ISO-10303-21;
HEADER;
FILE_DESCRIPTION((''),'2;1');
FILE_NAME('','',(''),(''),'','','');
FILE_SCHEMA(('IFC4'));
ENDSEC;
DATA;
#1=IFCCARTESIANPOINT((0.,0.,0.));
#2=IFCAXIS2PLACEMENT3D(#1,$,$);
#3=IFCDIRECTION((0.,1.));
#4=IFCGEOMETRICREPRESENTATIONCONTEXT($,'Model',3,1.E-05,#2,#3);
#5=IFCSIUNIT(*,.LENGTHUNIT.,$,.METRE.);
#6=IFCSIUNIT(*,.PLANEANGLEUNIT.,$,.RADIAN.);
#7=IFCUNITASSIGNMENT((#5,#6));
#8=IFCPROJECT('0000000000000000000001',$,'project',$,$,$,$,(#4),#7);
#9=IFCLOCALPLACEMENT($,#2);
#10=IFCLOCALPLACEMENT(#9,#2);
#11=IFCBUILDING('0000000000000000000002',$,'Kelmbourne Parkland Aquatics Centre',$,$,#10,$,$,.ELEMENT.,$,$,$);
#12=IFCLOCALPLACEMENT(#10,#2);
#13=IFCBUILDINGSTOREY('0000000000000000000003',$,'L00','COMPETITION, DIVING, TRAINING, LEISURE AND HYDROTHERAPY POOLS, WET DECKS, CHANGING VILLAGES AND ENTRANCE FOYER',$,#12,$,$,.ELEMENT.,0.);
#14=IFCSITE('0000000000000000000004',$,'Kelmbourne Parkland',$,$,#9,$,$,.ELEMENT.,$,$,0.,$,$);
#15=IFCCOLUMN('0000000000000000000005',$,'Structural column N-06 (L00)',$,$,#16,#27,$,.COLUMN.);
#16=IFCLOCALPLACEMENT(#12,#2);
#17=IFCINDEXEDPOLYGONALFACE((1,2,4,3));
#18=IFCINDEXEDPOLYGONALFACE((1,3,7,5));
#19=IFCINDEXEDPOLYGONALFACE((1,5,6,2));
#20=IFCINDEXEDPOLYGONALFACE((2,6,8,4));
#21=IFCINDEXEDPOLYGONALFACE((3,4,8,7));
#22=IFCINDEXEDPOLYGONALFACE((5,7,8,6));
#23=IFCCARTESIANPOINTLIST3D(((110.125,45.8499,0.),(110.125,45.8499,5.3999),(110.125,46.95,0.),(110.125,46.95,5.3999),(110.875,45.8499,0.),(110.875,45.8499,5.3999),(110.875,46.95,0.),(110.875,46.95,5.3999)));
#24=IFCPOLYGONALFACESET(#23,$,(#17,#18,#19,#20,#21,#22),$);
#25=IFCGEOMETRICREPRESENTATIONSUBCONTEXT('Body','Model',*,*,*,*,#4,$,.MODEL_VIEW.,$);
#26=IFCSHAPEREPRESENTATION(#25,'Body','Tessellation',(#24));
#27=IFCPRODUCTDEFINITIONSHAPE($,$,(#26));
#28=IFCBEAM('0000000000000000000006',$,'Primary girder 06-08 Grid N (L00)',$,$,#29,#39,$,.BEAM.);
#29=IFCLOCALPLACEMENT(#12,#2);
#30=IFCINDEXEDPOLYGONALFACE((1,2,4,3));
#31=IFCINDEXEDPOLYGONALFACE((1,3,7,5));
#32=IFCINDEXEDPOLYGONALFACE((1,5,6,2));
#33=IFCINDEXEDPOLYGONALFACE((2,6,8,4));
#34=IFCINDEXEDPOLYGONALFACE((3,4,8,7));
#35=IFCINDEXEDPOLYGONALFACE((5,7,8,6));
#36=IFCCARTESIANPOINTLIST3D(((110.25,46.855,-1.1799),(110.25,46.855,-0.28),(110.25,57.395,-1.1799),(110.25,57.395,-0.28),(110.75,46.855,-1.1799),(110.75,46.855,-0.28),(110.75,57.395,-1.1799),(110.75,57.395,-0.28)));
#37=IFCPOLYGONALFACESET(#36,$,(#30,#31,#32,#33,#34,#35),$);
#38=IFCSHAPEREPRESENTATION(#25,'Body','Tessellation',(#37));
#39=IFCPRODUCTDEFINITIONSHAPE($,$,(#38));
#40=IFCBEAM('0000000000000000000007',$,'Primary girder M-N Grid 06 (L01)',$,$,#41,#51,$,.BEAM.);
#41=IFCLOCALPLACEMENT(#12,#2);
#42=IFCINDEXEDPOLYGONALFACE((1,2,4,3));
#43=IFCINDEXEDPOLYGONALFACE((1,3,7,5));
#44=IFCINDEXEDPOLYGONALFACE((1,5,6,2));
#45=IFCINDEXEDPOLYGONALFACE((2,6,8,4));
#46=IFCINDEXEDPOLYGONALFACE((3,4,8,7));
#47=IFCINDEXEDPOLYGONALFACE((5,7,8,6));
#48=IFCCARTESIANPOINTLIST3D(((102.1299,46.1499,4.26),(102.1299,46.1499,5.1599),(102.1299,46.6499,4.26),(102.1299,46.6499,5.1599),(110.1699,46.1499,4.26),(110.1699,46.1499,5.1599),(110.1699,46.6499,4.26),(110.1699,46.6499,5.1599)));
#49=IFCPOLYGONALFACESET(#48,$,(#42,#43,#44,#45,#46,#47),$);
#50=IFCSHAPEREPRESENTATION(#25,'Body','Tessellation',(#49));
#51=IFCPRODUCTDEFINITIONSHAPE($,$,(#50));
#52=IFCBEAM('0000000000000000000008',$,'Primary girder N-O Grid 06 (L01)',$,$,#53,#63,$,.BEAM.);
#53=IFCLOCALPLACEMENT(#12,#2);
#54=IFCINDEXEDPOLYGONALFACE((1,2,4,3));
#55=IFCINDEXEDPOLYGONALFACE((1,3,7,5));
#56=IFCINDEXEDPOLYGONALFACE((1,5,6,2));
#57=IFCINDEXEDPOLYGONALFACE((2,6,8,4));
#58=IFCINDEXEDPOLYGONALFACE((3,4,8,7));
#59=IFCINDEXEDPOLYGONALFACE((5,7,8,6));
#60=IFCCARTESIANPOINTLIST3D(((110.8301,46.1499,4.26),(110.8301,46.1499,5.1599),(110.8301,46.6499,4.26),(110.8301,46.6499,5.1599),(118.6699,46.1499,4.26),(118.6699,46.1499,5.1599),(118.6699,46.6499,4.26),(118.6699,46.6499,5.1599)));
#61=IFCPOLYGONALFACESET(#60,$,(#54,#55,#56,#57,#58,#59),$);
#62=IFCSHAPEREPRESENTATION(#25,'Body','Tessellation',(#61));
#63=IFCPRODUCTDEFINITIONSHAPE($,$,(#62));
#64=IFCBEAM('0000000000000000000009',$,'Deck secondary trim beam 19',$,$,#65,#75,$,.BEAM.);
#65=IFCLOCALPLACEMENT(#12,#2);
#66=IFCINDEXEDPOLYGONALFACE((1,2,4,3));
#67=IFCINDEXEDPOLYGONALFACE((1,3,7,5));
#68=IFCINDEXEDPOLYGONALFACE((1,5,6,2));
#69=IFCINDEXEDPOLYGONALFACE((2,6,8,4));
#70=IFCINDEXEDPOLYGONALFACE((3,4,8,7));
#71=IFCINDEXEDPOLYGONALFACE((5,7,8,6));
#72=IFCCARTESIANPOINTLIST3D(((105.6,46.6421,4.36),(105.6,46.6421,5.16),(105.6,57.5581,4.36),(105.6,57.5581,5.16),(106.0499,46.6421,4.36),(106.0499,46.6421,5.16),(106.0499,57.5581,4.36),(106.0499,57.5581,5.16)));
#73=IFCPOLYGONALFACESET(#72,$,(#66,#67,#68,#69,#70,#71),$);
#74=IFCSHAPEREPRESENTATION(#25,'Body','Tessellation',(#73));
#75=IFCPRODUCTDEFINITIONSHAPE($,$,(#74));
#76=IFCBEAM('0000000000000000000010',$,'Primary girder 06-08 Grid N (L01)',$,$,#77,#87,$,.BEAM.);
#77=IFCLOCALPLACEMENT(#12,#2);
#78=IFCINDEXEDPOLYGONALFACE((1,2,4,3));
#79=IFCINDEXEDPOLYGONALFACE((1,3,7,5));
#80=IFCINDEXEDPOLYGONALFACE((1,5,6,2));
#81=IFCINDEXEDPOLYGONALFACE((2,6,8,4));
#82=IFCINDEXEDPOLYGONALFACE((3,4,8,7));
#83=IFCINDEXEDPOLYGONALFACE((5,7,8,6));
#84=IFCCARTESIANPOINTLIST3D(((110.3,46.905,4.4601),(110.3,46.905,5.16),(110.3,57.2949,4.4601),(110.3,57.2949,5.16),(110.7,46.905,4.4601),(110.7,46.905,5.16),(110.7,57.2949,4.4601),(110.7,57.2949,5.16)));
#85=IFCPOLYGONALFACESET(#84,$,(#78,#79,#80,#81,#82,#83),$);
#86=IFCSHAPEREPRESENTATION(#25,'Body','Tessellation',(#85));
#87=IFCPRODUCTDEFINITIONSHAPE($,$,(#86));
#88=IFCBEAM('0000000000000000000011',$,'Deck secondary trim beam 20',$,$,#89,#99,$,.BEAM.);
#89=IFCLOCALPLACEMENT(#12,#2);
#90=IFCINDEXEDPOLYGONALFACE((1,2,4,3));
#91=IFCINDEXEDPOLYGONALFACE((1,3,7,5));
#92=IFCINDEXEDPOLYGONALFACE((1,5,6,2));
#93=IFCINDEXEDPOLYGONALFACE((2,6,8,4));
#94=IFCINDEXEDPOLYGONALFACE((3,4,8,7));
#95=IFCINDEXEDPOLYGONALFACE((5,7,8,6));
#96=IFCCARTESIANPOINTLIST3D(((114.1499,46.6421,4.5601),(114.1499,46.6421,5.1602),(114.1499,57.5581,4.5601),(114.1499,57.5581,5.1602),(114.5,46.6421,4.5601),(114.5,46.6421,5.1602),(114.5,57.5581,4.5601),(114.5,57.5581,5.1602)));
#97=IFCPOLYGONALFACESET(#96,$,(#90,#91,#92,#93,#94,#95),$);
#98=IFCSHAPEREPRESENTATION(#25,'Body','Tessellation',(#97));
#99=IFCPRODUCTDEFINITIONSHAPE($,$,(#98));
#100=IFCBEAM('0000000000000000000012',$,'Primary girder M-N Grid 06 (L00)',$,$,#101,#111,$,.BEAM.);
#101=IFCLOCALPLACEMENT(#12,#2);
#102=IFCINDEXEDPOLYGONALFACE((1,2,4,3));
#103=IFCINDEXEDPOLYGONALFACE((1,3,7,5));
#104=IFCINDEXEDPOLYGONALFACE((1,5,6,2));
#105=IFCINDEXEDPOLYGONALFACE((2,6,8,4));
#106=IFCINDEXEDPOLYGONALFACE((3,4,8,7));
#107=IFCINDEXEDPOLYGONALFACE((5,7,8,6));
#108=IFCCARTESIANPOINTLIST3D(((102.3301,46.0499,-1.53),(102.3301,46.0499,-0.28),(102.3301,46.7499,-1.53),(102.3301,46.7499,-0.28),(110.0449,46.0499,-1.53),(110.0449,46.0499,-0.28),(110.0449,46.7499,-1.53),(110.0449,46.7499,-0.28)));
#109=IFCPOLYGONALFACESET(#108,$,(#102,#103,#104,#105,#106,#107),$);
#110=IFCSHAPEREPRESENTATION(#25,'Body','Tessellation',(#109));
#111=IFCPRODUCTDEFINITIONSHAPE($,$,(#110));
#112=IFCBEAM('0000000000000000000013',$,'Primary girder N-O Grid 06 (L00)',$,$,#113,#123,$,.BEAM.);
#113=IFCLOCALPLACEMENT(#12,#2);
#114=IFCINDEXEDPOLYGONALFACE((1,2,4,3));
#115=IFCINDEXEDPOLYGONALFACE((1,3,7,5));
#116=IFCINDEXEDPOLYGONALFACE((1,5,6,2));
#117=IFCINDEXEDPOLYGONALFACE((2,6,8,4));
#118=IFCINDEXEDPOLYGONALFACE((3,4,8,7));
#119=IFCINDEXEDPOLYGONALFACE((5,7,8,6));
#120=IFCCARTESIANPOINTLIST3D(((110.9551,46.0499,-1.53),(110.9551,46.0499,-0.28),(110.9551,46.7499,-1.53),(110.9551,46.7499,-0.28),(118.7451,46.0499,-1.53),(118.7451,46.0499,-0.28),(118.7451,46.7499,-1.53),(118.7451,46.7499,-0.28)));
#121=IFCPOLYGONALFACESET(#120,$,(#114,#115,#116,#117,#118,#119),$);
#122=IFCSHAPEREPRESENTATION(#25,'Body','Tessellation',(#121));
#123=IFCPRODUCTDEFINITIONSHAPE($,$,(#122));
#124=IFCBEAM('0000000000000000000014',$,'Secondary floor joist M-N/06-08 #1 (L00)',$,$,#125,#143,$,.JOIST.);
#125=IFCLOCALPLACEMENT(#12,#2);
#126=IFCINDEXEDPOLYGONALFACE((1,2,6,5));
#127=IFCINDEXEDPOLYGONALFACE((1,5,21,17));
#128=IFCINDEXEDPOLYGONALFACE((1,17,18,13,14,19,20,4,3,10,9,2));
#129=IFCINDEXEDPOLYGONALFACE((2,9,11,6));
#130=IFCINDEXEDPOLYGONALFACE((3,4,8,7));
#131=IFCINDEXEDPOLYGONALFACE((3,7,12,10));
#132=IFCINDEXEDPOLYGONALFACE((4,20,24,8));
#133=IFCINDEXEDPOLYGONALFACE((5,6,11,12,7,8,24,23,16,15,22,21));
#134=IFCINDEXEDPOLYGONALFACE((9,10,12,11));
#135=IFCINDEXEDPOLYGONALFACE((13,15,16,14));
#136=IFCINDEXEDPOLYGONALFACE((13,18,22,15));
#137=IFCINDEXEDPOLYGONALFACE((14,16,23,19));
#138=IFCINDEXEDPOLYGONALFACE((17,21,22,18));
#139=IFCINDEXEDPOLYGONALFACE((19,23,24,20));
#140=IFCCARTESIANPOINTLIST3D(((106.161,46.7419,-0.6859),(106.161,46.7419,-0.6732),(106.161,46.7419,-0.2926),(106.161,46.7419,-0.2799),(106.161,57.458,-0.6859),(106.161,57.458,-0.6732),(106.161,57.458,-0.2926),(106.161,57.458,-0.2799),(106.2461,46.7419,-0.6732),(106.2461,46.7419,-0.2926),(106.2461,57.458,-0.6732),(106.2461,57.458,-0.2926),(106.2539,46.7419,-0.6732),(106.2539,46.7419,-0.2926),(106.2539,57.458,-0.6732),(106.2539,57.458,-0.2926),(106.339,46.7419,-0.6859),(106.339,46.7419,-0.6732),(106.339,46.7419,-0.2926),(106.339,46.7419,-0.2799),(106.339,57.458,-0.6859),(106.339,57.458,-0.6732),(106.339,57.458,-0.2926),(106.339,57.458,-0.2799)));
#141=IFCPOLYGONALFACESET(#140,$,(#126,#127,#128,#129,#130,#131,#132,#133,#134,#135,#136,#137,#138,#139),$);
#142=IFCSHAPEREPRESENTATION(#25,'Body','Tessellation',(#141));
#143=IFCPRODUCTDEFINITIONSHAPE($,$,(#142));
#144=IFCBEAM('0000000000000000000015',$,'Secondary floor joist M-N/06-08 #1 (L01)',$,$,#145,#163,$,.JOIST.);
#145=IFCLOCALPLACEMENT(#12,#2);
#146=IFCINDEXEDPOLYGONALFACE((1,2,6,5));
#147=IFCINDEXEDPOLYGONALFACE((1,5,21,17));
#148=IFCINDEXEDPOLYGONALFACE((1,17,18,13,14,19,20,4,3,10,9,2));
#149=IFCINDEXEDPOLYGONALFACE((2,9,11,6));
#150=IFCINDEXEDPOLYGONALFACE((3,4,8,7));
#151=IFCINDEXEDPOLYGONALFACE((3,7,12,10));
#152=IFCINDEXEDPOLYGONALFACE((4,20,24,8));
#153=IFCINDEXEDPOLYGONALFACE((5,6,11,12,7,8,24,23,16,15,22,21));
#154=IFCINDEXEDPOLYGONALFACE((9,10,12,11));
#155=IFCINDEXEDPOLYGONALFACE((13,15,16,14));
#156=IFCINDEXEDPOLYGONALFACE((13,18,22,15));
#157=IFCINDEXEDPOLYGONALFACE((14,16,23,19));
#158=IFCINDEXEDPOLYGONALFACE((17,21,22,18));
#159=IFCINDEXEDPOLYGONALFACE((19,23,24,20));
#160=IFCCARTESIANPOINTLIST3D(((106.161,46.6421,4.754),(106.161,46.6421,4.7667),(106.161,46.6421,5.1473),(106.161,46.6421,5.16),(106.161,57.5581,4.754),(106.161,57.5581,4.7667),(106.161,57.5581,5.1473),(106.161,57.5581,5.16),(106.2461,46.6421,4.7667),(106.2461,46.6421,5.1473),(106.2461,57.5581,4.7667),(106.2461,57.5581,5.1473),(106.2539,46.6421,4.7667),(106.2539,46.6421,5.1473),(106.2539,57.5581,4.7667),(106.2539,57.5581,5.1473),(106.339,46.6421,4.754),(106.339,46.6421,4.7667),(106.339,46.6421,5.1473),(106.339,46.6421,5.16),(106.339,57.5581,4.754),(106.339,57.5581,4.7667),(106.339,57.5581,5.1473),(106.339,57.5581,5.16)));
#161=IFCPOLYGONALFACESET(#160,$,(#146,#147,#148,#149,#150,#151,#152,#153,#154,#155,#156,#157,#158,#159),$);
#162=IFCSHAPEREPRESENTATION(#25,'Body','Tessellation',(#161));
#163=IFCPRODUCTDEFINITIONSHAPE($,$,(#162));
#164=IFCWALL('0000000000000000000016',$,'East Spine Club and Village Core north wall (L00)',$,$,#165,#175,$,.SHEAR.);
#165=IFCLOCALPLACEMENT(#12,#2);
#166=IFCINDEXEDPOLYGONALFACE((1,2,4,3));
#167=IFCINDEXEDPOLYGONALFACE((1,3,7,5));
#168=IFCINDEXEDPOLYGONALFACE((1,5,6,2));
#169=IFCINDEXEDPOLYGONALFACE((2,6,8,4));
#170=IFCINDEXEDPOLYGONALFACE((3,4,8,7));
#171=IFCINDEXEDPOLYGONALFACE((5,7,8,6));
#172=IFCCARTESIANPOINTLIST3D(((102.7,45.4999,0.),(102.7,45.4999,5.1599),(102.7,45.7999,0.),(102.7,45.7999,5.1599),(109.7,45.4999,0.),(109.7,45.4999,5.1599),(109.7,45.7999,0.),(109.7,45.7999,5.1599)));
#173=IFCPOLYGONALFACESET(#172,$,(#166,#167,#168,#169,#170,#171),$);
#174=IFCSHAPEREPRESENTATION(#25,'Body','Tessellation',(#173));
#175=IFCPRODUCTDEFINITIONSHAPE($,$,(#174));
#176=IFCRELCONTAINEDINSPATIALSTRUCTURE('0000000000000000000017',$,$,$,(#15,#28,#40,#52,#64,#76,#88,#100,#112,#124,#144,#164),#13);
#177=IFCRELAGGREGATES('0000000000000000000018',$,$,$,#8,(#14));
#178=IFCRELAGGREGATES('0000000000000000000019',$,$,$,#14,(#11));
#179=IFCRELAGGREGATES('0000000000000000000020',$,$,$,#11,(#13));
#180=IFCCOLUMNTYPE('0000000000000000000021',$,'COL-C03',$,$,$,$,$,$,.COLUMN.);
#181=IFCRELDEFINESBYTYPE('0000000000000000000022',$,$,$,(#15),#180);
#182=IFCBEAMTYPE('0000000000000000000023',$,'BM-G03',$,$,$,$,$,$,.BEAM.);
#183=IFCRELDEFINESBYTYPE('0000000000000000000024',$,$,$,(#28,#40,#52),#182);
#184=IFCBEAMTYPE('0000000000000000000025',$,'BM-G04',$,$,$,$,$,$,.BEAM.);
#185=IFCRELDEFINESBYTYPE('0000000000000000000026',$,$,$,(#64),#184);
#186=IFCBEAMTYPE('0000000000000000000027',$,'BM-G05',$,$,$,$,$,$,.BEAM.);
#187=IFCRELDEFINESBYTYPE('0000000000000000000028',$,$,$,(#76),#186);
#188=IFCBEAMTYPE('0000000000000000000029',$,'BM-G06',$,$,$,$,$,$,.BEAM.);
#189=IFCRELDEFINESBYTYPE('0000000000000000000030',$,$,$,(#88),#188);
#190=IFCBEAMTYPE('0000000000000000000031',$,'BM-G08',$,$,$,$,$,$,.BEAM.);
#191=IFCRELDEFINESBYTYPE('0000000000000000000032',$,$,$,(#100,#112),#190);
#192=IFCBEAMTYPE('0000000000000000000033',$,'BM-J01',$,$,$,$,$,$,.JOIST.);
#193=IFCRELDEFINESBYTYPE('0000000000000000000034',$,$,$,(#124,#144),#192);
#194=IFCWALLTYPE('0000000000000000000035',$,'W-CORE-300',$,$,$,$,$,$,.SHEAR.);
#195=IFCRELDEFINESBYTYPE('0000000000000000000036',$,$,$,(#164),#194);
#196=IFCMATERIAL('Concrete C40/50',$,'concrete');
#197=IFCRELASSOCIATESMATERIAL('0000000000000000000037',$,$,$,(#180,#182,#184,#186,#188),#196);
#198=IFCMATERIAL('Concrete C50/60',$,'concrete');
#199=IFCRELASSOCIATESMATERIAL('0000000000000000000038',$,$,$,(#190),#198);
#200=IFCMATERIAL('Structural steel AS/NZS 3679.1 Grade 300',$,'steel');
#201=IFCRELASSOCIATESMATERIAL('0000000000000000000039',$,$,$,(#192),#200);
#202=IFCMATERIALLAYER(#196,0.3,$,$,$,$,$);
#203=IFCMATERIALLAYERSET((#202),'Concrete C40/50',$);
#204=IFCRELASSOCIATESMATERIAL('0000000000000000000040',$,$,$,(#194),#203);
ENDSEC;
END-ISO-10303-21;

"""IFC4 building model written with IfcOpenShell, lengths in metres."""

from ifc_helpers import new_model, si_unit, direction, frame, frame_2d, origin, origin_2d, place, context, subcontext, project, spatial, rectangle, i_section, extrude, material, layer, layer_set, material_profile, profile_set, type_object, element, save


model = new_model("IFC4")

# Units and contexts
model_context = context("Model", 3, precision=1e-05, world=origin(), true_north=direction((0.0, 1.0)))
body_context = subcontext(model_context, "Body", "Model", "MODEL_VIEW")
ifc_project = project(units=[si_unit("LENGTHUNIT", "METRE"), si_unit("PLANEANGLEUNIT", "RADIAN")], contexts=[model_context])

# Site, building, storey
site_placement = place(None, origin())
site = spatial("IfcSite", under=ifc_project, at=site_placement, Name="Kelmbourne Parkland", CompositionType="ELEMENT", RefElevation=0.0)
building_placement = place(site_placement, origin())
building = spatial("IfcBuilding", under=site, at=building_placement, Name="Kelmbourne Parkland Aquatics Centre", CompositionType="ELEMENT")
storey_placement = place(building_placement, origin())
storey = spatial("IfcBuildingStorey", under=building, at=storey_placement, Name="L00", Description="COMPETITION, DIVING, TRAINING, LEISURE AND HYDROTHERAPY POOLS, WET DECKS, CHANGING VILLAGES AND ENTRANCE FOYER", CompositionType="ELEMENT", Elevation=0.0)

# Column
ifc_material_1 = material(Name="Concrete C40/50", Category="concrete")
ifc_material_profile_1 = material_profile(ifc_material_1, rectangle(XDim=0.75, YDim=1.1001, at=origin_2d()), Name="RC 750x1100")
ifc_profile_set_1 = profile_set([ifc_material_profile_1], Name="Concrete C40/50")
column_type = type_object("IfcColumnType", Name="COL-C03", PredefinedType="COLUMN", material=ifc_profile_set_1)
column_placement = place(storey_placement, frame((110.5, 46.3999, 0.0), z_axis=(0.0, 0.0, 1.0), x_axis=(1.0, 0.0, 0.0)))
element("IfcColumn", 1, at=column_placement, inside=storey, type_object=column_type, Name="Structural column N-06 (L00)", PredefinedType="COLUMN", context=body_context, shape_type="SweptSolid", body=[
    extrude(rectangle(XDim=0.75, YDim=1.1001, at=origin_2d()), origin(), (0.0, 0.0, 1.0), 5.3999),
])

# Beams
ifc_material_profile_2 = material_profile(ifc_material_1, rectangle(XDim=0.5, YDim=0.8999, at=origin_2d()), Name="RC 500x900")
ifc_profile_set_2 = profile_set([ifc_material_profile_2], Name="Concrete C40/50")
beam_type_1 = type_object("IfcBeamType", Name="BM-G03", PredefinedType="BEAM", material=ifc_profile_set_2)
beam_1_placement = place(storey_placement, frame((110.5, 46.855, -0.73), z_axis=(0.0, 1.0, 0.0), x_axis=(-1.0, 0.0, 0.0)))
element("IfcBeam", 2, at=beam_1_placement, inside=storey, type_object=beam_type_1, Name="Primary girder 06-08 Grid N (L00)", PredefinedType="BEAM", context=body_context, shape_type="SweptSolid", body=[
    extrude(rectangle(XDim=0.5, YDim=0.8999, at=origin_2d()), origin(), (0.0, 0.0, 1.0), 10.54),
])
beam_2_placement = place(storey_placement, frame((102.1299, 46.3999, 4.71), z_axis=(1.0, 0.0, 0.0), x_axis=(0.0, 1.0, 0.0)))
element("IfcBeam", 3, at=beam_2_placement, inside=storey, type_object=beam_type_1, Name="Primary girder M-N Grid 06 (L01)", PredefinedType="BEAM", context=body_context, shape_type="SweptSolid", body=[
    extrude(rectangle(XDim=0.5, YDim=0.8999, at=origin_2d()), origin(), (0.0, 0.0, 1.0), 8.04),
])
beam_3_placement = place(storey_placement, frame((110.8301, 46.3999, 4.71), z_axis=(1.0, 0.0, 0.0), x_axis=(0.0, 1.0, 0.0)))
element("IfcBeam", 4, at=beam_3_placement, inside=storey, type_object=beam_type_1, Name="Primary girder N-O Grid 06 (L01)", PredefinedType="BEAM", context=body_context, shape_type="SweptSolid", body=[
    extrude(rectangle(XDim=0.5, YDim=0.8999, at=origin_2d()), origin(), (0.0, 0.0, 1.0), 7.8398),
])
ifc_material_profile_3 = material_profile(ifc_material_1, rectangle(XDim=0.45, YDim=0.8, at=origin_2d()), Name="RC 450x800")
ifc_profile_set_3 = profile_set([ifc_material_profile_3], Name="Concrete C40/50")
beam_type_2 = type_object("IfcBeamType", Name="BM-G04", PredefinedType="BEAM", material=ifc_profile_set_3)
beam_4_placement = place(storey_placement, frame((105.825, 46.6421, 4.76), z_axis=(0.0, 1.0, 0.0), x_axis=(-1.0, 0.0, 0.0)))
element("IfcBeam", 5, at=beam_4_placement, inside=storey, type_object=beam_type_2, Name="Deck secondary trim beam 19", PredefinedType="BEAM", context=body_context, shape_type="SweptSolid", body=[
    extrude(rectangle(XDim=0.45, YDim=0.8, at=origin_2d()), origin(), (0.0, 0.0, 1.0), 10.916),
])
ifc_material_profile_4 = material_profile(ifc_material_1, rectangle(XDim=0.3999, YDim=0.7, at=origin_2d()), Name="RC 400x700")
ifc_profile_set_4 = profile_set([ifc_material_profile_4], Name="Concrete C40/50")
beam_type_3 = type_object("IfcBeamType", Name="BM-G05", PredefinedType="BEAM", material=ifc_profile_set_4)
beam_5_placement = place(storey_placement, frame((110.5, 46.905, 4.8101), z_axis=(0.0, 1.0, 0.0), x_axis=(-1.0, 0.0, 0.0)))
element("IfcBeam", 6, at=beam_5_placement, inside=storey, type_object=beam_type_3, Name="Primary girder 06-08 Grid N (L01)", PredefinedType="BEAM", context=body_context, shape_type="SweptSolid", body=[
    extrude(rectangle(XDim=0.3999, YDim=0.7, at=origin_2d()), origin(), (0.0, 0.0, 1.0), 10.3899),
])
ifc_material_profile_5 = material_profile(ifc_material_1, rectangle(XDim=0.3501, YDim=0.6001, at=origin_2d()), Name="RC 350x600")
ifc_profile_set_5 = profile_set([ifc_material_profile_5], Name="Concrete C40/50")
beam_type_4 = type_object("IfcBeamType", Name="BM-G06", PredefinedType="BEAM", material=ifc_profile_set_5)
beam_6_placement = place(storey_placement, frame((114.325, 46.6421, 4.8601), z_axis=(0.0, 1.0, 0.0), x_axis=(-1.0, 0.0, 0.0)))
element("IfcBeam", 7, at=beam_6_placement, inside=storey, type_object=beam_type_4, Name="Deck secondary trim beam 20", PredefinedType="BEAM", context=body_context, shape_type="SweptSolid", body=[
    extrude(rectangle(XDim=0.3501, YDim=0.6001, at=origin_2d()), origin(), (0.0, 0.0, 1.0), 10.916),
])
ifc_material_2 = material(Name="Concrete C50/60", Category="concrete")
ifc_material_profile_6 = material_profile(ifc_material_2, rectangle(XDim=0.7, YDim=1.25, at=origin_2d()), Name="RC 700x1250")
ifc_profile_set_6 = profile_set([ifc_material_profile_6], Name="Concrete C50/60")
beam_type_5 = type_object("IfcBeamType", Name="BM-G08", PredefinedType="BEAM", material=ifc_profile_set_6)
beam_7_placement = place(storey_placement, frame((102.3301, 46.3999, -0.905), z_axis=(1.0, 0.0, 0.0), x_axis=(0.0, 1.0, 0.0)))
element("IfcBeam", 8, at=beam_7_placement, inside=storey, type_object=beam_type_5, Name="Primary girder M-N Grid 06 (L00)", PredefinedType="BEAM", context=body_context, shape_type="SweptSolid", body=[
    extrude(rectangle(XDim=0.7, YDim=1.25, at=origin_2d()), origin(), (0.0, 0.0, 1.0), 7.7148),
])
beam_8_placement = place(storey_placement, frame((110.9551, 46.3999, -0.905), z_axis=(1.0, 0.0, 0.0), x_axis=(0.0, 1.0, 0.0)))
element("IfcBeam", 9, at=beam_8_placement, inside=storey, type_object=beam_type_5, Name="Primary girder N-O Grid 06 (L00)", PredefinedType="BEAM", context=body_context, shape_type="SweptSolid", body=[
    extrude(rectangle(XDim=0.7, YDim=1.25, at=origin_2d()), origin(), (0.0, 0.0, 1.0), 7.79),
])
ifc_material_3 = material(Name="Structural steel AS/NZS 3679.1 Grade 300", Category="steel")
ifc_material_profile_7 = material_profile(ifc_material_3, i_section(OverallWidth=0.178, OverallDepth=0.406, WebThickness=0.0078, FlangeThickness=0.0127, at=origin_2d()), Name="410UB59.7")
ifc_profile_set_7 = profile_set([ifc_material_profile_7], Name="Structural steel AS/NZS 3679.1 Grade 300")
beam_type_6 = type_object("IfcBeamType", Name="BM-J01", PredefinedType="JOIST", material=ifc_profile_set_7)
beam_9_placement = place(storey_placement, frame((106.25, 46.7419, -0.4829), z_axis=(0.0, 1.0, 0.0), x_axis=(-1.0, 0.0, 0.0)))
element("IfcBeam", 10, at=beam_9_placement, inside=storey, type_object=beam_type_6, Name="Secondary floor joist M-N/06-08 #1 (L00)", PredefinedType="JOIST", context=body_context, shape_type="SweptSolid", body=[
    extrude(i_section(OverallWidth=0.178, OverallDepth=0.406, WebThickness=0.0078, FlangeThickness=0.0127, at=origin_2d()), origin(), (0.0, 0.0, 1.0), 10.7161),
])
beam_10_placement = place(storey_placement, frame((106.25, 46.6421, 4.957), z_axis=(0.0, 1.0, 0.0), x_axis=(-1.0, 0.0, 0.0)))
element("IfcBeam", 11, at=beam_10_placement, inside=storey, type_object=beam_type_6, Name="Secondary floor joist M-N/06-08 #1 (L01)", PredefinedType="JOIST", context=body_context, shape_type="SweptSolid", body=[
    extrude(i_section(OverallWidth=0.178, OverallDepth=0.406, WebThickness=0.0078, FlangeThickness=0.0127, at=origin_2d()), origin(), (0.0, 0.0, 1.0), 10.916),
])

# Wall
ifc_layer_1 = layer(ifc_material_1, 0.3)
ifc_layer_set_1 = layer_set([ifc_layer_1], Name="Concrete C40/50")
wall_type_1 = type_object("IfcWallType", Name="W-CORE-300", PredefinedType="SHEAR", material=ifc_layer_set_1)
wall_1_placement = place(storey_placement, frame((102.7, 45.6499, 0.0), z_axis=(0.0, 0.0, 1.0), x_axis=(1.0, 0.0, 0.0)))
element("IfcWall", 12, at=wall_1_placement, inside=storey, type_object=wall_type_1, Name="East Spine Club and Village Core north wall (L00)", PredefinedType="SHEAR", context=body_context, shape_type="SweptSolid", body=[
    extrude(rectangle(XDim=7.0, YDim=0.3, at=frame_2d((3.5, 0.0))), origin(), (0.0, 0.0, 1.0), 5.1599),
])

save(model, "model.ifc")
